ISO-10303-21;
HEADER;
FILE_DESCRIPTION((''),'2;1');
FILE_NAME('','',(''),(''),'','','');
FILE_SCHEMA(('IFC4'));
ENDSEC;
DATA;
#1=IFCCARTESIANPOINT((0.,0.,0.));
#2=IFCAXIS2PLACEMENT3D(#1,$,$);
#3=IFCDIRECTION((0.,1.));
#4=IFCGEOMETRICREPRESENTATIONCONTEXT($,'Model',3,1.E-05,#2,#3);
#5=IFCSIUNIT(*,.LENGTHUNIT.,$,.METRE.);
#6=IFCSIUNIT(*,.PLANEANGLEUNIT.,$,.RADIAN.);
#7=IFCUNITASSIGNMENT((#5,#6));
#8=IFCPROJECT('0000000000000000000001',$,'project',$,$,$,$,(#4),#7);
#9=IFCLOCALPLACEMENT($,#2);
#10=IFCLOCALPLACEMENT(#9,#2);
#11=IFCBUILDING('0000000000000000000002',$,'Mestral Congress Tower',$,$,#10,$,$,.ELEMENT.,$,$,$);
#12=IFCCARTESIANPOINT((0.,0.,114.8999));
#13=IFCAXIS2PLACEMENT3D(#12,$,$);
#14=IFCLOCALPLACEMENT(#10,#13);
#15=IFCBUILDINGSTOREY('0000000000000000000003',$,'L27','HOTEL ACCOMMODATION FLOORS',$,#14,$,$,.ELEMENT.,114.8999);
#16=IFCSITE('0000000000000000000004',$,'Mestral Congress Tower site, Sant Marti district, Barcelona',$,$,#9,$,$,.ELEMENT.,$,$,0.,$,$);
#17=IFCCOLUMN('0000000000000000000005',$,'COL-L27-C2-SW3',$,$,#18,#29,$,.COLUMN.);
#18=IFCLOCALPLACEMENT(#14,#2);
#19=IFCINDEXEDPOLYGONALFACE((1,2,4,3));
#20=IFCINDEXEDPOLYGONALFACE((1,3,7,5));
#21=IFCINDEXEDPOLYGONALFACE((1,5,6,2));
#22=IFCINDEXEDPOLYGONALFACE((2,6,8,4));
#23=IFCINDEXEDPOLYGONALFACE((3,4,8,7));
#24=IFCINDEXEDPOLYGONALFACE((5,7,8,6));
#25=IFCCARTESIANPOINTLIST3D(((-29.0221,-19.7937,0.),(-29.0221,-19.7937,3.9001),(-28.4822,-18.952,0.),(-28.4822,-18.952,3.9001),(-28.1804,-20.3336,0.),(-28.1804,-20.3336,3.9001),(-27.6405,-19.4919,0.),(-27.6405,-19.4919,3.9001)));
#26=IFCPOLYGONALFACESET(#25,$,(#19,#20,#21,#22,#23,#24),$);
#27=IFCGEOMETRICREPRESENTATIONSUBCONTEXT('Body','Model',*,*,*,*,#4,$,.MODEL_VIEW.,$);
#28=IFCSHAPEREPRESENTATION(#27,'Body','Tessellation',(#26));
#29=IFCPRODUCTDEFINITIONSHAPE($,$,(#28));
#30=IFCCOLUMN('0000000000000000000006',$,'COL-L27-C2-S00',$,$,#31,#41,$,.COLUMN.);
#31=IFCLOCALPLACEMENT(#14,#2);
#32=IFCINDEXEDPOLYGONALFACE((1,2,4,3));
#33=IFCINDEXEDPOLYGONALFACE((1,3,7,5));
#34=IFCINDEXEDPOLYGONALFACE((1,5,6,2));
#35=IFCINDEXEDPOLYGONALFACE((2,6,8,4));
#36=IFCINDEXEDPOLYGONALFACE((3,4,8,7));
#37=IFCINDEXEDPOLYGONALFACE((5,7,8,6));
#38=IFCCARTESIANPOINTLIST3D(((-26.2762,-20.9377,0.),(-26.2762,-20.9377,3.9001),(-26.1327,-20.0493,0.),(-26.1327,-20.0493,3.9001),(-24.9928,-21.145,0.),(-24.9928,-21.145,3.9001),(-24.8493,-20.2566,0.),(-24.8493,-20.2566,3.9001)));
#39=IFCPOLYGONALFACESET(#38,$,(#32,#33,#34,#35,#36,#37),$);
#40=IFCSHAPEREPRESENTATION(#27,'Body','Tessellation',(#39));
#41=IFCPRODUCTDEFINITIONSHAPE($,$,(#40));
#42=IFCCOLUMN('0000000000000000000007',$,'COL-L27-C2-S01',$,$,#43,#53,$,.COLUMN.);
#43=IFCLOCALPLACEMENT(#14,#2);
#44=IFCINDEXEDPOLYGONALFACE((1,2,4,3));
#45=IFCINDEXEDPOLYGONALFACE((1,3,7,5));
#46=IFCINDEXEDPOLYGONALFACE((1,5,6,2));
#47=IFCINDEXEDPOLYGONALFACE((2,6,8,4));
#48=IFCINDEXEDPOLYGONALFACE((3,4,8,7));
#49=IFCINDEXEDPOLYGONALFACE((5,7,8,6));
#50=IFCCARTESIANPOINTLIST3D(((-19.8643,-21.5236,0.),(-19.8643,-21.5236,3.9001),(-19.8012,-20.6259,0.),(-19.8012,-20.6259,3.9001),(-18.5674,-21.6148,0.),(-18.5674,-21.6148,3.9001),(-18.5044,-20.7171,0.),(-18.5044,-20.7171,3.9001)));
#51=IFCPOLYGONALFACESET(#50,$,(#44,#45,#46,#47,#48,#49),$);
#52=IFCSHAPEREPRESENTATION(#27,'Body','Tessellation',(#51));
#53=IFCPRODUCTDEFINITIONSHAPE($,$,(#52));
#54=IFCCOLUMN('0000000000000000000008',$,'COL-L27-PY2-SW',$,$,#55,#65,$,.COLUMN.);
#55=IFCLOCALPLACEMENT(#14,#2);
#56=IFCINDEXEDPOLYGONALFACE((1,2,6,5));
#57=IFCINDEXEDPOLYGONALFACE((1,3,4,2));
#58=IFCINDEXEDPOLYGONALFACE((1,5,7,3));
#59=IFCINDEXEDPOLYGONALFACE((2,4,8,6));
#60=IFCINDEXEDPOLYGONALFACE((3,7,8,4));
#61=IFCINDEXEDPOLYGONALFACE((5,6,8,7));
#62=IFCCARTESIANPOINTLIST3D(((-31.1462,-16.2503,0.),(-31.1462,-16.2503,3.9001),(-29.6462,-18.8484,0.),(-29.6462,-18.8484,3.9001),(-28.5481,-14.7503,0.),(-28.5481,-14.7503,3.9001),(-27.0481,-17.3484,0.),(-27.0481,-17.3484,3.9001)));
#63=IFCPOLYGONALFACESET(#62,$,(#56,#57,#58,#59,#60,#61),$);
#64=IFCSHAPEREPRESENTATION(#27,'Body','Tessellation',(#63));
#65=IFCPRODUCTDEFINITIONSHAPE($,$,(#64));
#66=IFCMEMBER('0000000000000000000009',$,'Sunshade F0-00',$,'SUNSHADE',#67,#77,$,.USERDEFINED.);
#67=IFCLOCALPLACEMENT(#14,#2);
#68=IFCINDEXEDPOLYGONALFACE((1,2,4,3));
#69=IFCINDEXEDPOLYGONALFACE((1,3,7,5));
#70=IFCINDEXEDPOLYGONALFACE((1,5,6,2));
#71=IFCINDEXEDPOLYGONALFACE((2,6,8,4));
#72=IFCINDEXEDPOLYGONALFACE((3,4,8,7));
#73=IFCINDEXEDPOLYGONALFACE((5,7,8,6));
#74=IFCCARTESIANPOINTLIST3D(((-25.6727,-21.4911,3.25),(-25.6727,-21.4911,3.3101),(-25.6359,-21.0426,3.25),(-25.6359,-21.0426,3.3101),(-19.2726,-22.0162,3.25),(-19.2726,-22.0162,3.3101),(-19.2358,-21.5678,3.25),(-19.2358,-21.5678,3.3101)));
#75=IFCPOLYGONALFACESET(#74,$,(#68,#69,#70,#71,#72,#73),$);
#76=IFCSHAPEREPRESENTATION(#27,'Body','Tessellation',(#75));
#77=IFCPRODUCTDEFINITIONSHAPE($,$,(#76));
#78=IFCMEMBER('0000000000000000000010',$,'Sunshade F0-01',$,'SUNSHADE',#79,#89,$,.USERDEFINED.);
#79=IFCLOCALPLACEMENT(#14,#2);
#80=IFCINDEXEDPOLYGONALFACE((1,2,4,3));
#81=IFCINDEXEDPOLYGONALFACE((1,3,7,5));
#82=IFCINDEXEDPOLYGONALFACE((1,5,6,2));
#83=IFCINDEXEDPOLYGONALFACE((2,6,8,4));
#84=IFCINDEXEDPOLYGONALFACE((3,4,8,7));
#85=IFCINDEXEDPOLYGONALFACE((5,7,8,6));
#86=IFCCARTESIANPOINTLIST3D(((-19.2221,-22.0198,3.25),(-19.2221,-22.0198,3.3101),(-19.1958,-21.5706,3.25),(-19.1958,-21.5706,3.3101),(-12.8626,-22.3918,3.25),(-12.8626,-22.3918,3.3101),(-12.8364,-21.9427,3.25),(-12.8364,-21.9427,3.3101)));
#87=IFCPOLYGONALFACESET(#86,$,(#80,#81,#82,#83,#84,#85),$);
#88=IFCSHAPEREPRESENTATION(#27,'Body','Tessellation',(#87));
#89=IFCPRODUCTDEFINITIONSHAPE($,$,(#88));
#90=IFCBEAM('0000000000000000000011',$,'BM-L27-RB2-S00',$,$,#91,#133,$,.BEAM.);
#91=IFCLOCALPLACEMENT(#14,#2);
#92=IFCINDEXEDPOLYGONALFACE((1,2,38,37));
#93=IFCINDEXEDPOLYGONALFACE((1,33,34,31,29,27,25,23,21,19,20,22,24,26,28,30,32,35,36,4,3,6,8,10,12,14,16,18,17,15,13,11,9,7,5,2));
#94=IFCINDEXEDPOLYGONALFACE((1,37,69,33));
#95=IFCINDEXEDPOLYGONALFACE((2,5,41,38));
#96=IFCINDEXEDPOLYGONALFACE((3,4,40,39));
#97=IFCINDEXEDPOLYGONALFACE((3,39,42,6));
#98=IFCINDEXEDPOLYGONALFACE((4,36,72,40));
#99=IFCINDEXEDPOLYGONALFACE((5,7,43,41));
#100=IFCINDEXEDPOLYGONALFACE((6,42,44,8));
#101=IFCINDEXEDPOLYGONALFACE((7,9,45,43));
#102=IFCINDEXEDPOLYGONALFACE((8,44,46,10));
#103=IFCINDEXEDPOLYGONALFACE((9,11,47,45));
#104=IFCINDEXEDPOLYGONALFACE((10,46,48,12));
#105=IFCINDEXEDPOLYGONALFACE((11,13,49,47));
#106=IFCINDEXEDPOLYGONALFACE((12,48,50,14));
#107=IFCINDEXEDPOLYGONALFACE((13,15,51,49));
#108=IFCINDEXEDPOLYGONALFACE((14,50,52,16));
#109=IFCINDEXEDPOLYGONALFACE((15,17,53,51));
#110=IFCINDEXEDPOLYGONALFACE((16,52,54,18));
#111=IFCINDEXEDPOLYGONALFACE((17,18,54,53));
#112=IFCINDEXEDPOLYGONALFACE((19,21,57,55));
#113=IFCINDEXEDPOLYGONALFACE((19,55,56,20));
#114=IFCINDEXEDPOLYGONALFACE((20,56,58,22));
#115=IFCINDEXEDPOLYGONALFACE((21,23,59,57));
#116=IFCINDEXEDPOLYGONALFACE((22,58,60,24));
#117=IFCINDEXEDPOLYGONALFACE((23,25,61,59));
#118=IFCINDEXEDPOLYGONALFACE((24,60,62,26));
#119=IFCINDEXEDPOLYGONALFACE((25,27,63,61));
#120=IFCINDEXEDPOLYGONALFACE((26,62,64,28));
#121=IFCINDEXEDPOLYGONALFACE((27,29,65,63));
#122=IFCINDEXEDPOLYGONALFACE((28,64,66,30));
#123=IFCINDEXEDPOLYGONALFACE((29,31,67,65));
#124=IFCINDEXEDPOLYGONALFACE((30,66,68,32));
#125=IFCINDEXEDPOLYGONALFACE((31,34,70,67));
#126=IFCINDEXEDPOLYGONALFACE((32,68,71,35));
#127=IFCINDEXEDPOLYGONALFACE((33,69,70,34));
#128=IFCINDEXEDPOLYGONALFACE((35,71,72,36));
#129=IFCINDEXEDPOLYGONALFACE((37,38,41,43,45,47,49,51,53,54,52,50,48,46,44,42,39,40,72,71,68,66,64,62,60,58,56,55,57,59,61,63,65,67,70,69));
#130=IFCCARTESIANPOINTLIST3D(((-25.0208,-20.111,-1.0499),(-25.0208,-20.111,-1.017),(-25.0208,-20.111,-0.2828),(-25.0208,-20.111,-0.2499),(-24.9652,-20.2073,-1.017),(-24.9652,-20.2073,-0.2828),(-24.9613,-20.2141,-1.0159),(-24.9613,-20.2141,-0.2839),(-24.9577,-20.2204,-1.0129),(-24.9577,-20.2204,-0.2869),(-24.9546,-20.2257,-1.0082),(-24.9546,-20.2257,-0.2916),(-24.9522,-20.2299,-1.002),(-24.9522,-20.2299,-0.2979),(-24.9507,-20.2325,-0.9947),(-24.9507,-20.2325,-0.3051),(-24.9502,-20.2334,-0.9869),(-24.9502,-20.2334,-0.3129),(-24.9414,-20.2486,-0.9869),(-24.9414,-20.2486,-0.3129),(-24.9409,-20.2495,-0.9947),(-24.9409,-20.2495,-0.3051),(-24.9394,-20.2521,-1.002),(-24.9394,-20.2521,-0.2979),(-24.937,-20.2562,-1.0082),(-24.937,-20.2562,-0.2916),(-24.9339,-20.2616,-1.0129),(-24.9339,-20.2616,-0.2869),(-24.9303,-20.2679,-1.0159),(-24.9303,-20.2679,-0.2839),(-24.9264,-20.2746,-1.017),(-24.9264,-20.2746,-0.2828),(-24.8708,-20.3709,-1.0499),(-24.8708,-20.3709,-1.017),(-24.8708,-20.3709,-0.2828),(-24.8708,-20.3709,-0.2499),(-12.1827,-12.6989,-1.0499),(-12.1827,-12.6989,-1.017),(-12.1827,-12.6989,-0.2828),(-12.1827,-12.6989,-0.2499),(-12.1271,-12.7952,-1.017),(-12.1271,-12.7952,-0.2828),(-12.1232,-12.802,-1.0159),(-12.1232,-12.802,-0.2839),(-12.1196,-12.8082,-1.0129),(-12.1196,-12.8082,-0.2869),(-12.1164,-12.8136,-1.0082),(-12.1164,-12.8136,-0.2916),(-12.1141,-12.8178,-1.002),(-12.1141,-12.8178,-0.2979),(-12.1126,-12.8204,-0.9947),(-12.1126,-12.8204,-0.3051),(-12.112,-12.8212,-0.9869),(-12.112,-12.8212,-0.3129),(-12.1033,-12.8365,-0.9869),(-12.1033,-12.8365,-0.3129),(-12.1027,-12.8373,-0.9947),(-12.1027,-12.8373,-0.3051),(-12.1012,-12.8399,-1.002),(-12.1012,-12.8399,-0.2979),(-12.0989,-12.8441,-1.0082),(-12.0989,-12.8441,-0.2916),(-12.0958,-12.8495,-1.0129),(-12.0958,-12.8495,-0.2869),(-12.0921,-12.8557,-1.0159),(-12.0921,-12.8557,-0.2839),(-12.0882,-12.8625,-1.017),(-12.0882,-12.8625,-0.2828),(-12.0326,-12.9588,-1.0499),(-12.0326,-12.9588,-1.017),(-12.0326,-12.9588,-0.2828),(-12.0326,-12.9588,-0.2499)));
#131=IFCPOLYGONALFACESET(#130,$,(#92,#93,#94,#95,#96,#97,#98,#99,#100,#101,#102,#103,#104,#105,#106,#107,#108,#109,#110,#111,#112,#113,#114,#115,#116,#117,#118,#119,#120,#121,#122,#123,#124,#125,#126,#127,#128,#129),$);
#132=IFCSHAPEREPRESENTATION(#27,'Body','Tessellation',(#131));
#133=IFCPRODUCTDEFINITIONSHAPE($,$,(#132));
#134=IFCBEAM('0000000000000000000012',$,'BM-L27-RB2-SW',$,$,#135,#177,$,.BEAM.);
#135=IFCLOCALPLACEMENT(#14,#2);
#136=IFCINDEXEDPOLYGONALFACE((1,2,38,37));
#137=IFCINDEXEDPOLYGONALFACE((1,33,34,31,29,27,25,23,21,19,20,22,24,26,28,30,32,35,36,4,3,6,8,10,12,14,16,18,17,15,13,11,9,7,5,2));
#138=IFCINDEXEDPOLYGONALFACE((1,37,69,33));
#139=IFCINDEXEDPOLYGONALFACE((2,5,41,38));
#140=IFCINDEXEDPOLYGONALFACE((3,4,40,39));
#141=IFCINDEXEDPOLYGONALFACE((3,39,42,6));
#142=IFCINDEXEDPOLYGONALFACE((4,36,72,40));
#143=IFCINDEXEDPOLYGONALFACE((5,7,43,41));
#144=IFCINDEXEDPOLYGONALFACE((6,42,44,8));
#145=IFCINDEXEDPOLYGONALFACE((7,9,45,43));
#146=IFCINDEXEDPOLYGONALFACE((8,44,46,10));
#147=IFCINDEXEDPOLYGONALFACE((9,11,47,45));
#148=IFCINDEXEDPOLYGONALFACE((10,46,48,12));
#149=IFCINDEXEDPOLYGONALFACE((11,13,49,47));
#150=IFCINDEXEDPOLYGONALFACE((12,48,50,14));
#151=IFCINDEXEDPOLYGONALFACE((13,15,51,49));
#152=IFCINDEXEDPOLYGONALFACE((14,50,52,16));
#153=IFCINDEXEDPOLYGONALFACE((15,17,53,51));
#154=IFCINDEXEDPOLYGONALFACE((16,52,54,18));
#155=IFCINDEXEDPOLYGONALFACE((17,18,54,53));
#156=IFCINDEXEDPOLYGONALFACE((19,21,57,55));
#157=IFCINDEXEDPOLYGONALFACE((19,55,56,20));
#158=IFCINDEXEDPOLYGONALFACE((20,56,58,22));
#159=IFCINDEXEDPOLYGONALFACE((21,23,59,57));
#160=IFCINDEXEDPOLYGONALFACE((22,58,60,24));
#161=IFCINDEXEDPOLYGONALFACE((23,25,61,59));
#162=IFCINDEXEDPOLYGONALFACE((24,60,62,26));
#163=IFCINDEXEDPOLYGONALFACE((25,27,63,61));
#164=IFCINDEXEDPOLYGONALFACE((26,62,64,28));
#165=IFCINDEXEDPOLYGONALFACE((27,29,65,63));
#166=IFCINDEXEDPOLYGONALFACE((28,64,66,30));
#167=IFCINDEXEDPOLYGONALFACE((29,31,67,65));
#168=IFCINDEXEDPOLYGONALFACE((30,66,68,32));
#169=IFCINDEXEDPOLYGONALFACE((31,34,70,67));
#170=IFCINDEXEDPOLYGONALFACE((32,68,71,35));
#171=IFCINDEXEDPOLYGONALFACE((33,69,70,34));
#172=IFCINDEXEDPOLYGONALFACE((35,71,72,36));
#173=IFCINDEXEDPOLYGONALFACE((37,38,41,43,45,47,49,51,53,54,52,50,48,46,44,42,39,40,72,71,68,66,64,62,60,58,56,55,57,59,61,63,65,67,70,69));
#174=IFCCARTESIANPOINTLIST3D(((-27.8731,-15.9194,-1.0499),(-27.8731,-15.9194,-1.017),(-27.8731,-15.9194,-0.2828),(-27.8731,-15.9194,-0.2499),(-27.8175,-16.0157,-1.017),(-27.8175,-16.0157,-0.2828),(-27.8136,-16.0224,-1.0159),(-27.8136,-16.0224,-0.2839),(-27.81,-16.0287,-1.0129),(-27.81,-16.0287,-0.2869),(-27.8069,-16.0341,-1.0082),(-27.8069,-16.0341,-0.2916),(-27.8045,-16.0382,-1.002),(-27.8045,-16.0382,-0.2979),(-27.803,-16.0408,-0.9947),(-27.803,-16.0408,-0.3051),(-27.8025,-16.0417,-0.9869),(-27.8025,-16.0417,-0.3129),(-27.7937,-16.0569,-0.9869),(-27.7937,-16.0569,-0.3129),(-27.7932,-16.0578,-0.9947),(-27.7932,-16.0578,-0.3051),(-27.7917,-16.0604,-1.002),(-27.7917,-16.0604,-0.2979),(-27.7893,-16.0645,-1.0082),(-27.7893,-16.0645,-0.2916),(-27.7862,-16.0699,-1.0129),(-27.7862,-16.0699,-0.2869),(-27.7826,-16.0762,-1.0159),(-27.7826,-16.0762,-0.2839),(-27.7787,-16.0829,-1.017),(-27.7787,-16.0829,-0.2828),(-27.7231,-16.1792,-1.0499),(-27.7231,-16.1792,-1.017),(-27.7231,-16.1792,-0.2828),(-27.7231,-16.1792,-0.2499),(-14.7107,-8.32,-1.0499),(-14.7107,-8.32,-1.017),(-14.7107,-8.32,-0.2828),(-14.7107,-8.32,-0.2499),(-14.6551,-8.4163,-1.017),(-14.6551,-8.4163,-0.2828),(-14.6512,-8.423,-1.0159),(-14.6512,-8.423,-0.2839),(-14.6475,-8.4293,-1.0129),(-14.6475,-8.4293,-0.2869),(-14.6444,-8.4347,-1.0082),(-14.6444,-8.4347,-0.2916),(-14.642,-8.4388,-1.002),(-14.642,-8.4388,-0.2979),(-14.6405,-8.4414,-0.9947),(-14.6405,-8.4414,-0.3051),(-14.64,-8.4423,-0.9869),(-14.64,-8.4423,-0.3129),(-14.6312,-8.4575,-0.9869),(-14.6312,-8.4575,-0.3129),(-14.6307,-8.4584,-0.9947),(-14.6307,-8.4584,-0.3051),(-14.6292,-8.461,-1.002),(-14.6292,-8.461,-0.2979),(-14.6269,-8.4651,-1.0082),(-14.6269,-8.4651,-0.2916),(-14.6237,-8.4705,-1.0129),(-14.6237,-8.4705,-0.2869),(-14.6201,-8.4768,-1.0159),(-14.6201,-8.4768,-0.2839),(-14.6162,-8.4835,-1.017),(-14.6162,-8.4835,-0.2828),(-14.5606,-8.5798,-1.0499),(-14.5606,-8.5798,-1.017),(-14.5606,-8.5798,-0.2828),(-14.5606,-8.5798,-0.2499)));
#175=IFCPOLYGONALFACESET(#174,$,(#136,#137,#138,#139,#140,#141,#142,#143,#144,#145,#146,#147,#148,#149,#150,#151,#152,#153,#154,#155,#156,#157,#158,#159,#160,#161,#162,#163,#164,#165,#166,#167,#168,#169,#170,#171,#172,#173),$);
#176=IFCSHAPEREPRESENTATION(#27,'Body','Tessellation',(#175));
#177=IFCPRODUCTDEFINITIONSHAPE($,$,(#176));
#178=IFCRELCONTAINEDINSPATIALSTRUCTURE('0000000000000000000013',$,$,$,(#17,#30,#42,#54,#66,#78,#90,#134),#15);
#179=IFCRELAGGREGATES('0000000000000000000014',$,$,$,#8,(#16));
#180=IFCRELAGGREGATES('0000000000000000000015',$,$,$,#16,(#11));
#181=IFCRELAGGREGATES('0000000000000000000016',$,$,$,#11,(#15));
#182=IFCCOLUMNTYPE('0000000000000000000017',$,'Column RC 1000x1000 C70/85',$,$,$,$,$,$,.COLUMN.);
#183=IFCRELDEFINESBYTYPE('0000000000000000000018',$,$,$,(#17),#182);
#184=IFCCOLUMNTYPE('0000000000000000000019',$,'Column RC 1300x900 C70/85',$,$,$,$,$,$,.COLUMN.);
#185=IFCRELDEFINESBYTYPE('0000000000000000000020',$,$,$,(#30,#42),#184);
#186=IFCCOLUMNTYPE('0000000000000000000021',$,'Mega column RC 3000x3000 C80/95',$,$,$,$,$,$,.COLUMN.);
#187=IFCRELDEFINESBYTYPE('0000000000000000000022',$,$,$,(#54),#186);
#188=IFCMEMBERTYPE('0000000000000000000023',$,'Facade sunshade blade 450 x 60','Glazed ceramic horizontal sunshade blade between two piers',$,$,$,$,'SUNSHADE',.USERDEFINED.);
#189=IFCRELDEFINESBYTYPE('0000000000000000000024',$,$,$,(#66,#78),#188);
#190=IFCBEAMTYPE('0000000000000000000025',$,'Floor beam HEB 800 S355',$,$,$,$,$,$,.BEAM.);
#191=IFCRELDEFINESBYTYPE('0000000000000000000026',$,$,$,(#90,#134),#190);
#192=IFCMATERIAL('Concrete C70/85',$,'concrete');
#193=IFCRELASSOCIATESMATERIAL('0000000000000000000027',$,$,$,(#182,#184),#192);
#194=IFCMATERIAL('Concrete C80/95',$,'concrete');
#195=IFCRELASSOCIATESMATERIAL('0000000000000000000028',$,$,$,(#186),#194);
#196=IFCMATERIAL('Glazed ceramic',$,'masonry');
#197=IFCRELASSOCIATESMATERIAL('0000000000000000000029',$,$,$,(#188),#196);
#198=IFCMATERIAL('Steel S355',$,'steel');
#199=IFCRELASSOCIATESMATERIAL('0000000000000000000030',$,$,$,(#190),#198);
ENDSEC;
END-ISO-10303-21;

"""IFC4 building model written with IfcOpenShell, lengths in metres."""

from ifc_helpers import new_model, si_unit, direction, frame, origin, origin_2d, place, context, subcontext, project, spatial, rectangle, i_section, extrude, material, material_profile, profile_set, type_object, element, save


model = new_model("IFC4")

# Units and contexts
model_context = context("Model", 3, precision=1e-05, world=origin(), true_north=direction((0.0, 1.0)))
body_context = subcontext(model_context, "Body", "Model", "MODEL_VIEW")
ifc_project = project(units=[si_unit("LENGTHUNIT", "METRE"), si_unit("PLANEANGLEUNIT", "RADIAN")], contexts=[model_context])

# Site, building, storey
site_placement = place(None, origin())
site = spatial("IfcSite", under=ifc_project, at=site_placement, Name="Mestral Congress Tower site, Sant Marti district, Barcelona", CompositionType="ELEMENT", RefElevation=0.0)
building_placement = place(site_placement, origin())
building = spatial("IfcBuilding", under=site, at=building_placement, Name="Mestral Congress Tower", CompositionType="ELEMENT")
storey_placement = place(building_placement, frame((0.0, 0.0, 114.8999)))
storey = spatial("IfcBuildingStorey", under=building, at=storey_placement, Name="L27", Description="HOTEL ACCOMMODATION FLOORS", CompositionType="ELEMENT", Elevation=114.8999)

# Columns
ifc_material_1 = material(Name="Concrete C70/85", Category="concrete")
ifc_material_profile_1 = material_profile(ifc_material_1, rectangle(XDim=1.0, YDim=1.0, at=origin_2d()), Name="RC 1000x1000")
ifc_profile_set_1 = profile_set([ifc_material_profile_1], Name="Concrete C70/85")
column_type_1 = type_object("IfcColumnType", Name="Column RC 1000x1000 C70/85", PredefinedType="COLUMN", material=ifc_profile_set_1)
column_1_placement = place(storey_placement, frame((-28.3313, -19.6428, 0.0), z_axis=(0.0, 0.0, 1.0), x_axis=(0.8417, -0.539945, 0.0)))
element("IfcColumn", 1, at=column_1_placement, inside=storey, type_object=column_type_1, Name="COL-L27-C2-SW3", PredefinedType="COLUMN", context=body_context, shape_type="SweptSolid", body=[
    extrude(rectangle(XDim=1.0, YDim=1.0, at=origin_2d()), origin(), (0.0, 0.0, 1.0), 3.9001),
])
ifc_material_profile_2 = material_profile(ifc_material_1, rectangle(XDim=1.3, YDim=0.8999, at=origin_2d()), Name="RC 1300x900")
ifc_profile_set_2 = profile_set([ifc_material_profile_2], Name="Concrete C70/85")
column_type_2 = type_object("IfcColumnType", Name="Column RC 1300x900 C70/85", PredefinedType="COLUMN", material=ifc_profile_set_2)
for number, where, z_axis, x_axis, name in (
    (2, (-25.5627, -20.5972, 0.0), (0.0, 0.0, 1.0), (0.987202, -0.159473, 0.0), "COL-L27-C2-S00"),
    (3, (-19.1843, -21.1204, 0.0), (0.0, 0.0, 1.0), (0.99754, -0.070101, 0.0), "COL-L27-C2-S01"),
):
    element("IfcColumn", number, at=place(storey_placement, frame(where, z_axis=z_axis, x_axis=x_axis)), inside=storey, type_object=column_type_2, Name=name, PredefinedType="COLUMN", context=body_context, shape_type="SweptSolid", body=[
        extrude(rectangle(XDim=1.3, YDim=0.8999, at=origin_2d()), origin(), (0.0, 0.0, 1.0), 3.9001),
    ])
ifc_material_2 = material(Name="Concrete C80/95", Category="concrete")
ifc_material_profile_3 = material_profile(ifc_material_2, rectangle(XDim=3.0, YDim=3.0, at=origin_2d()), Name="RC 3000x3000")
ifc_profile_set_3 = profile_set([ifc_material_profile_3], Name="Concrete C80/95")
column_type_3 = type_object("IfcColumnType", Name="Mega column RC 3000x3000 C80/95", PredefinedType="COLUMN", material=ifc_profile_set_3)
column_2_placement = place(storey_placement, frame((-29.0972, -16.7993, 0.0), z_axis=(0.0, 0.0, 1.0), x_axis=(-0.866025, -0.5, 0.0)))
element("IfcColumn", 4, at=column_2_placement, inside=storey, type_object=column_type_3, Name="COL-L27-PY2-SW", PredefinedType="COLUMN", context=body_context, shape_type="SweptSolid", body=[
    extrude(rectangle(XDim=3.0, YDim=3.0, at=origin_2d()), origin(), (0.0, 0.0, 1.0), 3.9001),
])

# Members
ifc_material_3 = material(Name="Glazed ceramic", Category="masonry")
ifc_material_profile_4 = material_profile(ifc_material_3, rectangle(XDim=0.45, YDim=0.0601, at=origin_2d()), Name="Ceramic blade 450 x 60")
ifc_profile_set_4 = profile_set([ifc_material_profile_4], Name="Glazed ceramic")
member_type = type_object("IfcMemberType", Name="Facade sunshade blade 450 x 60", Description="Glazed ceramic horizontal sunshade blade between two piers", ElementType="SUNSHADE", PredefinedType="USERDEFINED", material=ifc_profile_set_4)
member_1_placement = place(storey_placement, frame((-25.6543, -21.2668, 3.28), z_axis=(0.996651, -0.081777, 0.0), x_axis=(0.081777, 0.996651, 0.0)))
element("IfcMember", 5, at=member_1_placement, inside=storey, type_object=member_type, Name="Sunshade F0-00", ObjectType="SUNSHADE", PredefinedType="USERDEFINED", context=body_context, shape_type="SweptSolid", body=[
    extrude(rectangle(XDim=0.45, YDim=0.0601, at=origin_2d()), origin(), (0.0, 0.0, 1.0), 6.4216),
])
member_2_placement = place(storey_placement, frame((-19.209, -21.7952, 3.28), z_axis=(0.998293, -0.058407, 0.0), x_axis=(0.058407, 0.998293, 0.0)))
element("IfcMember", 6, at=member_2_placement, inside=storey, type_object=member_type, Name="Sunshade F0-01", ObjectType="SUNSHADE", PredefinedType="USERDEFINED", context=body_context, shape_type="SweptSolid", body=[
    extrude(rectangle(XDim=0.45, YDim=0.0601, at=origin_2d()), origin(), (0.0, 0.0, 1.0), 6.3704),
])

# Beams
ifc_material_4 = material(Name="Steel S355", Category="steel")
ifc_material_profile_5 = material_profile(ifc_material_4, i_section(OverallWidth=0.3, OverallDepth=0.8, WebThickness=0.0176, FlangeThickness=0.033, FilletRadius=0.03, at=origin_2d()), Name="HEB 800")
ifc_profile_set_5 = profile_set([ifc_material_profile_5], Name="Steel S355")
beam_type_1 = type_object("IfcBeamType", Name="Floor beam HEB 800 S355", PredefinedType="BEAM", material=ifc_profile_set_5)
beam_1_placement = place(storey_placement, frame((-24.9458, -20.241, -0.6499), z_axis=(0.866025, 0.5, 0.0), x_axis=(-0.5, 0.866025, 0.0)))
element("IfcBeam", 7, at=beam_1_placement, inside=storey, type_object=beam_type_1, Name="BM-L27-RB2-S00", PredefinedType="BEAM", context=body_context, shape_type="SweptSolid", body=[
    extrude(i_section(OverallWidth=0.3, OverallDepth=0.8, WebThickness=0.0176, FlangeThickness=0.033, FilletRadius=0.03, at=origin_2d()), origin(), (0.0, 0.0, 1.0), 14.8242),
])
beam_2_placement = place(storey_placement, frame((-27.7981, -16.0493, -0.6499), z_axis=(0.866023, 0.500004, 0.0), x_axis=(-0.500004, 0.866023, 0.0)))
element("IfcBeam", 8, at=beam_2_placement, inside=storey, type_object=beam_type_1, Name="BM-L27-RB2-SW", PredefinedType="BEAM", context=body_context, shape_type="SweptSolid", body=[
    extrude(i_section(OverallWidth=0.3, OverallDepth=0.8, WebThickness=0.0176, FlangeThickness=0.033, FilletRadius=0.03, at=origin_2d()), origin(), (0.0, 0.0, 1.0), 15.1987),
])

save(model, "model.ifc")
